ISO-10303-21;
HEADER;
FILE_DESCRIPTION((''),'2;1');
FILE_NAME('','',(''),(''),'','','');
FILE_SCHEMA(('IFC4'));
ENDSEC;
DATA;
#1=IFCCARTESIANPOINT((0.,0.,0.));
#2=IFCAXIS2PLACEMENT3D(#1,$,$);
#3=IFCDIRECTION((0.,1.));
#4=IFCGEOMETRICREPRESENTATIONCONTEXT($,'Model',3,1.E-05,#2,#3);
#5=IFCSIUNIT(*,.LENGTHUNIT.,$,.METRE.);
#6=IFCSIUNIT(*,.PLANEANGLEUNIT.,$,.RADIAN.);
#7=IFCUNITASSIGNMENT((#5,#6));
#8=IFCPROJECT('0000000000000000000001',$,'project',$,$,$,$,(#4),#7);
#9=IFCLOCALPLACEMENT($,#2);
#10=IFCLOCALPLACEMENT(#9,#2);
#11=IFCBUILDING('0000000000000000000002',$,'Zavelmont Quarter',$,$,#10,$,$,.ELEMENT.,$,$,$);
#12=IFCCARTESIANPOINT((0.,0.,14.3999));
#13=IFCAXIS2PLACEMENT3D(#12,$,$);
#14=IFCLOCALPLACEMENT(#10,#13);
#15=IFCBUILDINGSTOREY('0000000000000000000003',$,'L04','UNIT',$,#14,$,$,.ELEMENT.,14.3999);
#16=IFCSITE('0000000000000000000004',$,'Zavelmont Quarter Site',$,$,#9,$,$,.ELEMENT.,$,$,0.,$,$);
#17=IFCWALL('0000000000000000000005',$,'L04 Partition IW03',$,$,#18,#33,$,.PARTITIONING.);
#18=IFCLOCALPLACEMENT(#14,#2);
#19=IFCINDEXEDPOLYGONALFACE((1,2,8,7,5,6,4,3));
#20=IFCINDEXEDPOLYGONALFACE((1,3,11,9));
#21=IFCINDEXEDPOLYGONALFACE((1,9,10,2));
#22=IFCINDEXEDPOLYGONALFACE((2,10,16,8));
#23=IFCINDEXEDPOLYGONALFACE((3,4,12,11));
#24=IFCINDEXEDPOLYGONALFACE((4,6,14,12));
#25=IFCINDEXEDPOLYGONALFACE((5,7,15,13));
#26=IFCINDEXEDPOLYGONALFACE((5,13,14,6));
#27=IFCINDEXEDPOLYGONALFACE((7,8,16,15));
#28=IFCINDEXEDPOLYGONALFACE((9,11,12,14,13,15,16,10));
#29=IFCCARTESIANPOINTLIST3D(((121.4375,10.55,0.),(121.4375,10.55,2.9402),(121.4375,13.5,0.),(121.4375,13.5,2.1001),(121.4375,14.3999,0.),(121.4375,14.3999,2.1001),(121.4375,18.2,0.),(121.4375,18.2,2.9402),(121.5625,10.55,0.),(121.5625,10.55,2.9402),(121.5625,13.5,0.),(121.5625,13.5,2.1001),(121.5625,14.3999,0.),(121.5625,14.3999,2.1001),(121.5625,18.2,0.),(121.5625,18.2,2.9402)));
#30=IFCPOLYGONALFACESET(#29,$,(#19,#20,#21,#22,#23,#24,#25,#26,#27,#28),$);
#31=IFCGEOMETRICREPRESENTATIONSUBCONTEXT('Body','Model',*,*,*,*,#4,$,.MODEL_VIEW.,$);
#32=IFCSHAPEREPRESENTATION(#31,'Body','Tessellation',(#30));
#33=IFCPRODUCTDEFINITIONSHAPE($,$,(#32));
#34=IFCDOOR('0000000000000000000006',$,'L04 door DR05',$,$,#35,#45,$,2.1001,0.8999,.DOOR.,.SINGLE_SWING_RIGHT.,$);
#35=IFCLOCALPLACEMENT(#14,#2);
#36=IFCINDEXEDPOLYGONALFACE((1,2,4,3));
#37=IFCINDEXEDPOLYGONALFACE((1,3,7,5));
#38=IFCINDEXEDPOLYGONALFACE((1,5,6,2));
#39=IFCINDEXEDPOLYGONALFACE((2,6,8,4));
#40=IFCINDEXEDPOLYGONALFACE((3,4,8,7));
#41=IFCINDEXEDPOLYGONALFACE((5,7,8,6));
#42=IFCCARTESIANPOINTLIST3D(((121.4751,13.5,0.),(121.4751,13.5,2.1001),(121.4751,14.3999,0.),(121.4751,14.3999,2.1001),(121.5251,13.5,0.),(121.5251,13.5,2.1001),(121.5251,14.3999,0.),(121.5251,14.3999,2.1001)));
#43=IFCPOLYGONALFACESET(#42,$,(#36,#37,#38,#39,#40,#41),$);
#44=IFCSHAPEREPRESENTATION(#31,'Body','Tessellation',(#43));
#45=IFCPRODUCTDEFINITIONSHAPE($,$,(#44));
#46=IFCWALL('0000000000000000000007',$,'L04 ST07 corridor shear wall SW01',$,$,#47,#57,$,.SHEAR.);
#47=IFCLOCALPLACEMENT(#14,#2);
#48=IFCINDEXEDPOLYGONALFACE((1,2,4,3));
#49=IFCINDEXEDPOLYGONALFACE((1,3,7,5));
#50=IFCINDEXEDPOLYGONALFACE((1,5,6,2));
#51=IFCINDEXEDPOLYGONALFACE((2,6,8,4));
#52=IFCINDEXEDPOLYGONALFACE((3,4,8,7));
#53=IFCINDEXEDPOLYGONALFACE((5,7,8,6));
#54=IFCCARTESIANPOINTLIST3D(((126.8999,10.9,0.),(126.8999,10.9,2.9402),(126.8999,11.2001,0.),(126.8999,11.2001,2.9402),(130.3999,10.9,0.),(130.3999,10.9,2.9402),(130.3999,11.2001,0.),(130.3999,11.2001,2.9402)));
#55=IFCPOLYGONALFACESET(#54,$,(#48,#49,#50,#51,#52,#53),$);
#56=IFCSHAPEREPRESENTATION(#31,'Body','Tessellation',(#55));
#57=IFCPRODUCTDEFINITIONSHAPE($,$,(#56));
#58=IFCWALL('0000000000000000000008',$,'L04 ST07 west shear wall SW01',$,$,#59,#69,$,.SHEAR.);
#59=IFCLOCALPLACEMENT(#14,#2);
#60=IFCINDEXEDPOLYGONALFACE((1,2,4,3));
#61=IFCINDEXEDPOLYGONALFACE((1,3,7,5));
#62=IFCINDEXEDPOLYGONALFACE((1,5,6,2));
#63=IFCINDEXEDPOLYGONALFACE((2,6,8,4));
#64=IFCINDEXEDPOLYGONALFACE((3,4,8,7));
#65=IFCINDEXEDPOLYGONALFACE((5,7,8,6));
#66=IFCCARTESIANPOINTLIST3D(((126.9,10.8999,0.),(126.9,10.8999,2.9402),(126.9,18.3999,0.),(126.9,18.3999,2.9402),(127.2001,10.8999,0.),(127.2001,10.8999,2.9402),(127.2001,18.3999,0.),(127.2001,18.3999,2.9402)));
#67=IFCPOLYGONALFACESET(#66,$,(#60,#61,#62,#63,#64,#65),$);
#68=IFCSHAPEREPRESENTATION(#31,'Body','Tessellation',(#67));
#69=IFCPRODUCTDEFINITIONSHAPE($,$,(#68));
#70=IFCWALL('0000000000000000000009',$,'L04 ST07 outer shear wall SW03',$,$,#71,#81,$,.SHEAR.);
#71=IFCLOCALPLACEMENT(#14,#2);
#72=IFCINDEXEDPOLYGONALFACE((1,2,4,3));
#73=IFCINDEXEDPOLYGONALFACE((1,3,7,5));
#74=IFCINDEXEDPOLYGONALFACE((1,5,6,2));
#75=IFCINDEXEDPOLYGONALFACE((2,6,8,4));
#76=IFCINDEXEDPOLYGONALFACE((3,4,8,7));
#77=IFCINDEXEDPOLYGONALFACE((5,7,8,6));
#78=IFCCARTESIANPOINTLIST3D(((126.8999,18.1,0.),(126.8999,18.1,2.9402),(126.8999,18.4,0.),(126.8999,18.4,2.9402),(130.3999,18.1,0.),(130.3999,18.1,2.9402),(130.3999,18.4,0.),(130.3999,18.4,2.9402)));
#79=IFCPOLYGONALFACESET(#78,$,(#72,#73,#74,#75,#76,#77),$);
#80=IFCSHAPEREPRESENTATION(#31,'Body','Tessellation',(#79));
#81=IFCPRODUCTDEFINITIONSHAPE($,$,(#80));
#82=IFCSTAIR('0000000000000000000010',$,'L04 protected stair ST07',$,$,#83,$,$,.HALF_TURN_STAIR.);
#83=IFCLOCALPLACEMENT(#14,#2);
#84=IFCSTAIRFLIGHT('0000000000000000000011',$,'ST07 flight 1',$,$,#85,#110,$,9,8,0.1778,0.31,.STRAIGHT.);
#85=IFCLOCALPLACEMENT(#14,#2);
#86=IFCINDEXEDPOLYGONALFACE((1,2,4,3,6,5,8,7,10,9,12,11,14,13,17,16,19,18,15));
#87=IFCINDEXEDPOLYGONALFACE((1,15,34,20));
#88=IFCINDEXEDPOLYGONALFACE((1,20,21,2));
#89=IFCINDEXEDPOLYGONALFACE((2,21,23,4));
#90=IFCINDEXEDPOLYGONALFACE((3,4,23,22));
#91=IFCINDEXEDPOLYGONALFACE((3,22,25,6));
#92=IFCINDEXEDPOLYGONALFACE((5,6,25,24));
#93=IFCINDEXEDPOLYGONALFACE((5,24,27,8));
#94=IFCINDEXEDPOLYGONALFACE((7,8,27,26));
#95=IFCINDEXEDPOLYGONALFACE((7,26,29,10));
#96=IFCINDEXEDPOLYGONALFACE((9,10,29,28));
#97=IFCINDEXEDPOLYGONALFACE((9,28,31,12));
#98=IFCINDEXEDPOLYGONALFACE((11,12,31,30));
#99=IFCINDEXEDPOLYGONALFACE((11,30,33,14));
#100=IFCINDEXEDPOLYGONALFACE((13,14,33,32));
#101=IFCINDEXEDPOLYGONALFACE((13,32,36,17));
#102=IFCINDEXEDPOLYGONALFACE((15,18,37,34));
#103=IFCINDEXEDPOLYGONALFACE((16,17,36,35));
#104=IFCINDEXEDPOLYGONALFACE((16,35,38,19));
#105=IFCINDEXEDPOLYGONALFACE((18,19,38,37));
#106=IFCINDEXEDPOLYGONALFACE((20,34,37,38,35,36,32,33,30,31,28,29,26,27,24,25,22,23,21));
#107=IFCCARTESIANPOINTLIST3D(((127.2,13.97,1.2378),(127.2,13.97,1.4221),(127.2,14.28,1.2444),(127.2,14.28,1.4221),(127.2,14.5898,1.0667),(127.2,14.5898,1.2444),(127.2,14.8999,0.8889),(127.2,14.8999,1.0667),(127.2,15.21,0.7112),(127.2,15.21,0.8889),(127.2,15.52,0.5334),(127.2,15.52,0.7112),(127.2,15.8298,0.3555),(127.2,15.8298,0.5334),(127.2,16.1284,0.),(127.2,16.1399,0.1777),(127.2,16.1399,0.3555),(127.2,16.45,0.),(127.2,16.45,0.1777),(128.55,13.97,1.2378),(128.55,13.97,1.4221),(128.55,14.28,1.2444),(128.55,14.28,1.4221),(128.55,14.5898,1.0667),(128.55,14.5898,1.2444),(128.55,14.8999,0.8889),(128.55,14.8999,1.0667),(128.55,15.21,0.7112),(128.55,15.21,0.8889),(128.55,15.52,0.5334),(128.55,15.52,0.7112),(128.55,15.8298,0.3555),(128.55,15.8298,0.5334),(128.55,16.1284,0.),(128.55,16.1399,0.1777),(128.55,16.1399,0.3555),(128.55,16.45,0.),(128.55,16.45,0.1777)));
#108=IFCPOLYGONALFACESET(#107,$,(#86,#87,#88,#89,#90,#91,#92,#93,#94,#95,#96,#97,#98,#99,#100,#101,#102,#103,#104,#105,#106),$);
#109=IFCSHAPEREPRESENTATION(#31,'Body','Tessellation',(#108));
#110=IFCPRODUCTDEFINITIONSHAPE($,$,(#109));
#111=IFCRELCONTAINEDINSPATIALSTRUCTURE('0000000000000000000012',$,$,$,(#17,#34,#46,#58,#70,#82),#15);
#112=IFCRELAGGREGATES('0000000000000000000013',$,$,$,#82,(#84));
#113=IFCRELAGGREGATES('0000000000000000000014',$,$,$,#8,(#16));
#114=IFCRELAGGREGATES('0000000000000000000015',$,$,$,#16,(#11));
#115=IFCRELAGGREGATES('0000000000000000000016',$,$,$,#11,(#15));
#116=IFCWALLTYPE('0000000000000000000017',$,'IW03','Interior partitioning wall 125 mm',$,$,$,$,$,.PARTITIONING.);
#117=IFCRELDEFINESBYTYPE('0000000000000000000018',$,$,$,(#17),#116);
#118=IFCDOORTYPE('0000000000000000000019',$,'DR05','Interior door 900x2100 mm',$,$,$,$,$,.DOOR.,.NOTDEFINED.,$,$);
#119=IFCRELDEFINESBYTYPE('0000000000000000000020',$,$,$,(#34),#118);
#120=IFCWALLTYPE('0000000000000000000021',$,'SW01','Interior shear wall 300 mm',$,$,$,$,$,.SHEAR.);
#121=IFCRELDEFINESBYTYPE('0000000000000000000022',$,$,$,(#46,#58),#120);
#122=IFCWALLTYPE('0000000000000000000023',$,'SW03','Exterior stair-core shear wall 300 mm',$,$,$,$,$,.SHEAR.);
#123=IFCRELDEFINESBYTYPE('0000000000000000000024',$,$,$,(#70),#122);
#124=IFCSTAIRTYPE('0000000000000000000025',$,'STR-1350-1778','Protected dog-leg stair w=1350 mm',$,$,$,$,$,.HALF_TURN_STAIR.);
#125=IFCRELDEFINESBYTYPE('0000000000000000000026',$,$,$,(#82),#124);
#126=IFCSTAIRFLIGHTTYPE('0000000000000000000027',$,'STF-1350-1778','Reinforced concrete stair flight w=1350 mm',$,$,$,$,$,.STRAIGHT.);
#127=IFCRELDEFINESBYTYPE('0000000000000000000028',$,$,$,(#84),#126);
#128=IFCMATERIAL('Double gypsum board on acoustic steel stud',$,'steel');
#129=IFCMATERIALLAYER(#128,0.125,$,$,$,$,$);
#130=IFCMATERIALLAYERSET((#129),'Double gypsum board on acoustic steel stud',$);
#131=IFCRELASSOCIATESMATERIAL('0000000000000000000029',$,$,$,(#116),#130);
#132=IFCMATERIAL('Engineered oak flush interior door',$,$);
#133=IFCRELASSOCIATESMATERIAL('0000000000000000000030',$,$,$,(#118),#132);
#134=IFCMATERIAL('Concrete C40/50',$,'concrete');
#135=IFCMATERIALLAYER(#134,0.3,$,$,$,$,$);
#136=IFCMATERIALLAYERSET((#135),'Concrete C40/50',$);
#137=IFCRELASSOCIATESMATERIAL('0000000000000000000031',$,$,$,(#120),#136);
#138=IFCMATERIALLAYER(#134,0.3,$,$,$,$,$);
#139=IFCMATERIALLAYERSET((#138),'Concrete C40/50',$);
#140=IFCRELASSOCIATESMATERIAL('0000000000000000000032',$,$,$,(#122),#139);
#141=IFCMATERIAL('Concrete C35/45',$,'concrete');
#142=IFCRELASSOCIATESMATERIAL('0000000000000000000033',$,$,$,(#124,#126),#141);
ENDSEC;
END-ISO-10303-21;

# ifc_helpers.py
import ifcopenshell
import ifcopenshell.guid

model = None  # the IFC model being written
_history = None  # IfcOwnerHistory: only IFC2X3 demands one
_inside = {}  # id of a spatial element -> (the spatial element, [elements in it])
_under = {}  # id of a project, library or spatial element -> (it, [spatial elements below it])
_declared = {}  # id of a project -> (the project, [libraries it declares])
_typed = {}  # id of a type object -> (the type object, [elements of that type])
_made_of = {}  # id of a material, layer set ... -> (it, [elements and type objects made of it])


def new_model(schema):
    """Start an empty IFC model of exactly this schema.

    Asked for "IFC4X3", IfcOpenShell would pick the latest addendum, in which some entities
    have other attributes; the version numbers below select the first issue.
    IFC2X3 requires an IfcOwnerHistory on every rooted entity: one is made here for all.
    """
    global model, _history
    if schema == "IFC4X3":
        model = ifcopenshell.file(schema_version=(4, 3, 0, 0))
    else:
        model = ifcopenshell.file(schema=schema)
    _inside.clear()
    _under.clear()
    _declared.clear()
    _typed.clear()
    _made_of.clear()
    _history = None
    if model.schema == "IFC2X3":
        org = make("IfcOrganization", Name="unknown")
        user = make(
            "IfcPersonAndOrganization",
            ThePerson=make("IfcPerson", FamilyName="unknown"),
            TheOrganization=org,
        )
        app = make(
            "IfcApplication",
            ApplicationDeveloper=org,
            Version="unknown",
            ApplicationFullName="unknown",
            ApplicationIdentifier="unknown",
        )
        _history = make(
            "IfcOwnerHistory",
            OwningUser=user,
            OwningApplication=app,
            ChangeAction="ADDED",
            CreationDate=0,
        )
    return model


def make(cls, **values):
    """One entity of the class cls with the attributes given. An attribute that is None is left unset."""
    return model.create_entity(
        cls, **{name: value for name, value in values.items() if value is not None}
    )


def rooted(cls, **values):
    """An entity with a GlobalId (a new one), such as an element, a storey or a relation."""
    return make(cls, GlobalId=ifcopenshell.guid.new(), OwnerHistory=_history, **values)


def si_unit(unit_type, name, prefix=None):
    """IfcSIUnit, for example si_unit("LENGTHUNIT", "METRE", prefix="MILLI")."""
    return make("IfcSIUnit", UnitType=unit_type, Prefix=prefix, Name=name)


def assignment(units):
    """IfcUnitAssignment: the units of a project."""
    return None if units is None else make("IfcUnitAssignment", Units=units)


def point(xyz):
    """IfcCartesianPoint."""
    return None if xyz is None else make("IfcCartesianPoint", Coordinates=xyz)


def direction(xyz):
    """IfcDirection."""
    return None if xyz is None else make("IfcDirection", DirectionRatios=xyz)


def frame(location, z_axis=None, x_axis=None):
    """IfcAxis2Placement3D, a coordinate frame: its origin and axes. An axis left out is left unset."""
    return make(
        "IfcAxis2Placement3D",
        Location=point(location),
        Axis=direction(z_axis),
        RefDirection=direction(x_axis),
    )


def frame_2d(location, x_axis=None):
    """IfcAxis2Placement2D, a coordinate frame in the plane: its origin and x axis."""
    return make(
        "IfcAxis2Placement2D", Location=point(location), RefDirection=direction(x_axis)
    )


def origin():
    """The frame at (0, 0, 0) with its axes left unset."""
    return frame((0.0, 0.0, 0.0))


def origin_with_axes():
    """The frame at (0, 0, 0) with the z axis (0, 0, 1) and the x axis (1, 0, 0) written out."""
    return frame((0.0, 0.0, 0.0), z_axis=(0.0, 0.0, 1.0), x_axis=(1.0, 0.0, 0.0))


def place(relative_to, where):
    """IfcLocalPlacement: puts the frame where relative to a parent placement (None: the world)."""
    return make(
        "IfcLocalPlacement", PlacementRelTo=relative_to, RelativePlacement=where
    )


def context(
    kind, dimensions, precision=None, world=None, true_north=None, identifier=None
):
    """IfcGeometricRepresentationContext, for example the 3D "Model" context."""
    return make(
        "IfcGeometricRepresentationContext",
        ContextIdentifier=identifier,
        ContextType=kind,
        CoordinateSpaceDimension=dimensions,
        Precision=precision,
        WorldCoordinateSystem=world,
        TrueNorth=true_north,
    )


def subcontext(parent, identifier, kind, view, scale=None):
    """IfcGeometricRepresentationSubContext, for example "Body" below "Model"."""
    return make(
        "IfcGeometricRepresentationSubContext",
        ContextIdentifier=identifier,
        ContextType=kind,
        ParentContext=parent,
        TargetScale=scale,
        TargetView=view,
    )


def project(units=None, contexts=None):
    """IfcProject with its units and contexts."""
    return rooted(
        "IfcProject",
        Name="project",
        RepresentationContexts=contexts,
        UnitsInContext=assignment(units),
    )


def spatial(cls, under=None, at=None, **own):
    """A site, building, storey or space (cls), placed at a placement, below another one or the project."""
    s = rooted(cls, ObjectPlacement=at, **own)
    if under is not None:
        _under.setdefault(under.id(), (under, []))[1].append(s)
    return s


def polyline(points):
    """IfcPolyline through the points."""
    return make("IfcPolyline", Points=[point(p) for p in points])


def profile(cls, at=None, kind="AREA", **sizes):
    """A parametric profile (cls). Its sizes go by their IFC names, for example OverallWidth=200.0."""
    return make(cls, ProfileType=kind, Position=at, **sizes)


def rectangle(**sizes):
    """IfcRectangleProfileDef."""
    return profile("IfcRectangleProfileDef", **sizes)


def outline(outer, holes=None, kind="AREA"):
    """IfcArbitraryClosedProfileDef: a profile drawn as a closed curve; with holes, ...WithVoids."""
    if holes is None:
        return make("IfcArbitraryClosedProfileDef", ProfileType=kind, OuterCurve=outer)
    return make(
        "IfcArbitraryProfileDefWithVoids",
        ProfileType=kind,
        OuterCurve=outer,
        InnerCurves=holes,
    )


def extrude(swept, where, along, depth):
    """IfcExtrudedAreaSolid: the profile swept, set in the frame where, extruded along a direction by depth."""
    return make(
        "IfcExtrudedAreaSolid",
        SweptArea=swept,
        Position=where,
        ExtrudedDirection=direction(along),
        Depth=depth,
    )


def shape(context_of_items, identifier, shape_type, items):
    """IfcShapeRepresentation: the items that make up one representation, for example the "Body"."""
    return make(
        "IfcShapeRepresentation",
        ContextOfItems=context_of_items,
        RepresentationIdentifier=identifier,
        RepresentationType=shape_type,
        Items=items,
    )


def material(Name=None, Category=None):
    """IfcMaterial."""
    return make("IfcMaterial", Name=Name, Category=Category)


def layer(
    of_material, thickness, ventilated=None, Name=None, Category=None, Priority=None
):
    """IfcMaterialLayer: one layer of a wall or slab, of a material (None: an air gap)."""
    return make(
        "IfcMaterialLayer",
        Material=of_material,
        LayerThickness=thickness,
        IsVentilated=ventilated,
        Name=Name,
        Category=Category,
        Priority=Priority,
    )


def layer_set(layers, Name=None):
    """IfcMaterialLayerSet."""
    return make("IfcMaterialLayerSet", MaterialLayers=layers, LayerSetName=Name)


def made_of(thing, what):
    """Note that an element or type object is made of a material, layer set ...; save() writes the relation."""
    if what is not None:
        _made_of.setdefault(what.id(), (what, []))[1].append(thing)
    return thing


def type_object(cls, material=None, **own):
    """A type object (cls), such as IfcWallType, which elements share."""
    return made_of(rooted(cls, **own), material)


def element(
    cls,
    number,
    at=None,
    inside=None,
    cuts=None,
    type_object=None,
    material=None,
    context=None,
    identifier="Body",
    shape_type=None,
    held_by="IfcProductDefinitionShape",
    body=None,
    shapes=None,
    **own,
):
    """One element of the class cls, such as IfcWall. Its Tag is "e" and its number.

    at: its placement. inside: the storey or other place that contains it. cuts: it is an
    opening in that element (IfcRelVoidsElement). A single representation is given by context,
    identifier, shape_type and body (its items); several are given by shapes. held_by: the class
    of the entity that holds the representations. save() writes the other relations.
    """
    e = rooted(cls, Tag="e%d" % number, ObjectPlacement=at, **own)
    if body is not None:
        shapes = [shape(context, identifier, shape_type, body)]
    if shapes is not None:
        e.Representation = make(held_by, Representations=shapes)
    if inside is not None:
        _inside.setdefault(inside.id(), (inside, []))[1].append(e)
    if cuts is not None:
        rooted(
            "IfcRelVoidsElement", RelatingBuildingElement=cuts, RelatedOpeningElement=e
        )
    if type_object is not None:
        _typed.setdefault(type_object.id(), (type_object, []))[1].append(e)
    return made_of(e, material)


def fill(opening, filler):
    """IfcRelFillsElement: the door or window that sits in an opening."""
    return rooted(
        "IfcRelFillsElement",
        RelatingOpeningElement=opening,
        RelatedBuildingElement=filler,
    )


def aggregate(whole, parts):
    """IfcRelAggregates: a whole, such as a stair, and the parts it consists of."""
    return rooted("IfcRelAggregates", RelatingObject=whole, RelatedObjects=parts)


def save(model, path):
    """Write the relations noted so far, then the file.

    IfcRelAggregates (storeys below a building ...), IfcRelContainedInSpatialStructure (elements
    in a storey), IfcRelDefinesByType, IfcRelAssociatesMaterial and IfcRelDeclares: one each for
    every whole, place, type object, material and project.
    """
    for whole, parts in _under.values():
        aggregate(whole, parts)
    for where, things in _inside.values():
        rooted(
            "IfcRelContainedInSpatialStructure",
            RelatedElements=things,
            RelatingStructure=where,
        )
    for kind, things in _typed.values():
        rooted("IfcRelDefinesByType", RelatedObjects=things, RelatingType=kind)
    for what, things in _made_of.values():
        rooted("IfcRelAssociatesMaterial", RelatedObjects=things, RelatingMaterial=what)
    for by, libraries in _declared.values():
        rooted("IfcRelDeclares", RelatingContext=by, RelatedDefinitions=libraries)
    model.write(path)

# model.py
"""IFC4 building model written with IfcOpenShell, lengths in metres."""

from ifc_helpers import new_model, si_unit, direction, frame, frame_2d, origin, origin_with_axes, place, context, subcontext, project, spatial, polyline, rectangle, outline, extrude, material, layer, layer_set, type_object, element, fill, aggregate, save


model = new_model("IFC4")

# Units and contexts
model_context = context("Model", 3, precision=1e-05, world=origin(), true_north=direction((0.0, 1.0)))
body_context = subcontext(model_context, "Body", "Model", "MODEL_VIEW")
ifc_project = project(units=[si_unit("LENGTHUNIT", "METRE"), si_unit("PLANEANGLEUNIT", "RADIAN")], contexts=[model_context])

# Site, building, storey
site_placement = place(None, origin())
site = spatial("IfcSite", under=ifc_project, at=site_placement, Name="Zavelmont Quarter Site", CompositionType="ELEMENT", RefElevation=0.0)
building_placement = place(site_placement, origin())
building = spatial("IfcBuilding", under=site, at=building_placement, Name="Zavelmont Quarter", CompositionType="ELEMENT")
storey_placement = place(building_placement, frame((0.0, 0.0, 14.3999)))
storey = spatial("IfcBuildingStorey", under=building, at=storey_placement, Name="L04", Description="UNIT", CompositionType="ELEMENT", Elevation=14.3999)

# Shared definitions
ifc_material_1 = material(Name="Concrete C35/45", Category="concrete")

# Shared definitions
ifc_material_2 = material(Name="Concrete C40/50", Category="concrete")

# Wall, opening, door
ifc_material_3 = material(Name="Double gypsum board on acoustic steel stud", Category="steel")
ifc_layer_1 = layer(ifc_material_3, 0.125)
ifc_layer_set_1 = layer_set([ifc_layer_1], Name="Double gypsum board on acoustic steel stud")
wall_type_1 = type_object("IfcWallType", Name="IW03", Description="Interior partitioning wall 125 mm", PredefinedType="PARTITIONING", material=ifc_layer_set_1)
wall_1_placement = place(storey_placement, frame((121.5, 10.55, 0.0), z_axis=(0.0, 0.0, 1.0), x_axis=(0.0, 1.0, 0.0)))
wall_1 = element("IfcWall", 1, at=wall_1_placement, inside=storey, type_object=wall_type_1, Name="L04 Partition IW03", PredefinedType="PARTITIONING", context=body_context, shape_type="SweptSolid", body=[
    extrude(rectangle(XDim=7.6499, YDim=0.125, at=frame_2d((3.825, 0.0))), origin(), (0.0, 0.0, 1.0), 2.9402),
])
opening_placement = place(wall_1_placement, frame((2.95, 0.0, 0.0)))
opening = element("IfcOpeningElement", 2, at=opening_placement, cuts=wall_1, PredefinedType="OPENING", context=body_context, shape_type="SweptSolid", body=[
    extrude(rectangle(XDim=0.8999, YDim=2.1001, at=frame_2d((0.45, 1.05))), frame((0.0, 0.0745, 0.0), z_axis=(0.0, -1.0, 0.0), x_axis=(1.0, 0.0, 0.0)), (0.0, 0.0, 1.0), 0.1489),
])
ifc_material_4 = material(Name="Engineered oak flush interior door")
door_type = type_object("IfcDoorType", Name="DR05", Description="Interior door 900x2100 mm", OperationType="NOTDEFINED", PredefinedType="DOOR", material=ifc_material_4)
door_placement = place(opening_placement, origin_with_axes())
door = element("IfcDoor", 3, at=door_placement, inside=storey, type_object=door_type, Name="L04 door DR05", OperationType="SINGLE_SWING_RIGHT", OverallHeight=2.1001, OverallWidth=0.8999, PredefinedType="DOOR", context=body_context, shape_type="SweptSolid", body=[
    extrude(rectangle(XDim=0.8999, YDim=2.1001, at=frame_2d((0.45, 1.05))), frame((0.0, 0.0249, 0.0), z_axis=(0.0, -1.0, 0.0), x_axis=(1.0, 0.0, 0.0)), (0.0, 0.0, 1.0), 0.05),
])
fill(opening, door)

# Walls
ifc_layer_2 = layer(ifc_material_2, 0.3)
ifc_layer_set_2 = layer_set([ifc_layer_2], Name="Concrete C40/50")
wall_type_2 = type_object("IfcWallType", Name="SW01", Description="Interior shear wall 300 mm", PredefinedType="SHEAR", material=ifc_layer_set_2)
wall_2_placement = place(storey_placement, frame((126.8999, 11.05, 0.0), z_axis=(0.0, 0.0, 1.0), x_axis=(1.0, 0.0, 0.0)))
element("IfcWall", 4, at=wall_2_placement, inside=storey, type_object=wall_type_2, Name="L04 ST07 corridor shear wall SW01", PredefinedType="SHEAR", context=body_context, shape_type="SweptSolid", body=[
    extrude(rectangle(XDim=3.5, YDim=0.3, at=frame_2d((1.75, 0.0))), origin(), (0.0, 0.0, 1.0), 2.9402),
])
wall_3_placement = place(storey_placement, frame((127.05, 10.8999, 0.0), z_axis=(0.0, 0.0, 1.0), x_axis=(0.0, 1.0, 0.0)))
element("IfcWall", 5, at=wall_3_placement, inside=storey, type_object=wall_type_2, Name="L04 ST07 west shear wall SW01", PredefinedType="SHEAR", context=body_context, shape_type="SweptSolid", body=[
    extrude(rectangle(XDim=7.5, YDim=0.3, at=frame_2d((3.75, 0.0))), origin(), (0.0, 0.0, 1.0), 2.9402),
])
ifc_layer_3 = layer(ifc_material_2, 0.3)
ifc_layer_set_3 = layer_set([ifc_layer_3], Name="Concrete C40/50")
wall_type_3 = type_object("IfcWallType", Name="SW03", Description="Exterior stair-core shear wall 300 mm", PredefinedType="SHEAR", material=ifc_layer_set_3)
wall_4_placement = place(storey_placement, frame((126.8999, 18.25, 0.0), z_axis=(0.0, 0.0, 1.0), x_axis=(1.0, 0.0, 0.0)))
element("IfcWall", 6, at=wall_4_placement, inside=storey, type_object=wall_type_3, Name="L04 ST07 outer shear wall SW03", PredefinedType="SHEAR", context=body_context, shape_type="SweptSolid", body=[
    extrude(rectangle(XDim=3.5, YDim=0.3, at=frame_2d((1.75, 0.0))), origin(), (0.0, 0.0, 1.0), 2.9402),
])

# Stair, stair flight
stair_type = type_object("IfcStairType", Name="STR-1350-1778", Description="Protected dog-leg stair w=1350 mm", PredefinedType="HALF_TURN_STAIR", material=ifc_material_1)
stair_placement = place(storey_placement, origin())
stair = element("IfcStair", 7, at=stair_placement, inside=storey, type_object=stair_type, Name="L04 protected stair ST07", PredefinedType="HALF_TURN_STAIR")
stair_flight_type = type_object("IfcStairFlightType", Name="STF-1350-1778", Description="Reinforced concrete stair flight w=1350 mm", PredefinedType="STRAIGHT", material=ifc_material_1)
stair_flight_placement = place(storey_placement, frame((127.875, 16.45, 0.0), z_axis=(0.0, 0.0, 1.0), x_axis=(0.0, -1.0, 0.0)))
stair_flight = element("IfcStairFlight", 8, at=stair_flight_placement, type_object=stair_flight_type, Name="ST07 flight 1", NumberOfRisers=9, NumberOfTreads=8, PredefinedType="STRAIGHT", RiserHeight=0.1778, TreadLength=0.31, context=body_context, shape_type="SweptSolid", body=[
    extrude(outline(polyline([(0.0, 0.0), (0.0, 0.1777), (0.3101, 0.1777), (0.3101, 0.3555), (0.6201, 0.3555), (0.6201, 0.5334), (0.9299, 0.5334), (0.9299, 0.7112), (1.24, 0.7112), (1.24, 0.8889), (1.55, 0.8889), (1.55, 1.0667), (1.8601, 1.0667), (1.8601, 1.2444), (2.1699, 1.2444), (2.1699, 1.4221), (2.48, 1.4221), (2.48, 1.6001), (2.48, 1.2378), (0.3215, 0.0), (0.0, 0.0)])), frame((0.0, 0.675, 0.0), z_axis=(0.0, -1.0, 0.0), x_axis=(1.0, 0.0, 0.0)), (0.0, 0.0, 1.0), 1.3501),
])
aggregate(stair, [stair_flight])

save(model, "model.ifc")
